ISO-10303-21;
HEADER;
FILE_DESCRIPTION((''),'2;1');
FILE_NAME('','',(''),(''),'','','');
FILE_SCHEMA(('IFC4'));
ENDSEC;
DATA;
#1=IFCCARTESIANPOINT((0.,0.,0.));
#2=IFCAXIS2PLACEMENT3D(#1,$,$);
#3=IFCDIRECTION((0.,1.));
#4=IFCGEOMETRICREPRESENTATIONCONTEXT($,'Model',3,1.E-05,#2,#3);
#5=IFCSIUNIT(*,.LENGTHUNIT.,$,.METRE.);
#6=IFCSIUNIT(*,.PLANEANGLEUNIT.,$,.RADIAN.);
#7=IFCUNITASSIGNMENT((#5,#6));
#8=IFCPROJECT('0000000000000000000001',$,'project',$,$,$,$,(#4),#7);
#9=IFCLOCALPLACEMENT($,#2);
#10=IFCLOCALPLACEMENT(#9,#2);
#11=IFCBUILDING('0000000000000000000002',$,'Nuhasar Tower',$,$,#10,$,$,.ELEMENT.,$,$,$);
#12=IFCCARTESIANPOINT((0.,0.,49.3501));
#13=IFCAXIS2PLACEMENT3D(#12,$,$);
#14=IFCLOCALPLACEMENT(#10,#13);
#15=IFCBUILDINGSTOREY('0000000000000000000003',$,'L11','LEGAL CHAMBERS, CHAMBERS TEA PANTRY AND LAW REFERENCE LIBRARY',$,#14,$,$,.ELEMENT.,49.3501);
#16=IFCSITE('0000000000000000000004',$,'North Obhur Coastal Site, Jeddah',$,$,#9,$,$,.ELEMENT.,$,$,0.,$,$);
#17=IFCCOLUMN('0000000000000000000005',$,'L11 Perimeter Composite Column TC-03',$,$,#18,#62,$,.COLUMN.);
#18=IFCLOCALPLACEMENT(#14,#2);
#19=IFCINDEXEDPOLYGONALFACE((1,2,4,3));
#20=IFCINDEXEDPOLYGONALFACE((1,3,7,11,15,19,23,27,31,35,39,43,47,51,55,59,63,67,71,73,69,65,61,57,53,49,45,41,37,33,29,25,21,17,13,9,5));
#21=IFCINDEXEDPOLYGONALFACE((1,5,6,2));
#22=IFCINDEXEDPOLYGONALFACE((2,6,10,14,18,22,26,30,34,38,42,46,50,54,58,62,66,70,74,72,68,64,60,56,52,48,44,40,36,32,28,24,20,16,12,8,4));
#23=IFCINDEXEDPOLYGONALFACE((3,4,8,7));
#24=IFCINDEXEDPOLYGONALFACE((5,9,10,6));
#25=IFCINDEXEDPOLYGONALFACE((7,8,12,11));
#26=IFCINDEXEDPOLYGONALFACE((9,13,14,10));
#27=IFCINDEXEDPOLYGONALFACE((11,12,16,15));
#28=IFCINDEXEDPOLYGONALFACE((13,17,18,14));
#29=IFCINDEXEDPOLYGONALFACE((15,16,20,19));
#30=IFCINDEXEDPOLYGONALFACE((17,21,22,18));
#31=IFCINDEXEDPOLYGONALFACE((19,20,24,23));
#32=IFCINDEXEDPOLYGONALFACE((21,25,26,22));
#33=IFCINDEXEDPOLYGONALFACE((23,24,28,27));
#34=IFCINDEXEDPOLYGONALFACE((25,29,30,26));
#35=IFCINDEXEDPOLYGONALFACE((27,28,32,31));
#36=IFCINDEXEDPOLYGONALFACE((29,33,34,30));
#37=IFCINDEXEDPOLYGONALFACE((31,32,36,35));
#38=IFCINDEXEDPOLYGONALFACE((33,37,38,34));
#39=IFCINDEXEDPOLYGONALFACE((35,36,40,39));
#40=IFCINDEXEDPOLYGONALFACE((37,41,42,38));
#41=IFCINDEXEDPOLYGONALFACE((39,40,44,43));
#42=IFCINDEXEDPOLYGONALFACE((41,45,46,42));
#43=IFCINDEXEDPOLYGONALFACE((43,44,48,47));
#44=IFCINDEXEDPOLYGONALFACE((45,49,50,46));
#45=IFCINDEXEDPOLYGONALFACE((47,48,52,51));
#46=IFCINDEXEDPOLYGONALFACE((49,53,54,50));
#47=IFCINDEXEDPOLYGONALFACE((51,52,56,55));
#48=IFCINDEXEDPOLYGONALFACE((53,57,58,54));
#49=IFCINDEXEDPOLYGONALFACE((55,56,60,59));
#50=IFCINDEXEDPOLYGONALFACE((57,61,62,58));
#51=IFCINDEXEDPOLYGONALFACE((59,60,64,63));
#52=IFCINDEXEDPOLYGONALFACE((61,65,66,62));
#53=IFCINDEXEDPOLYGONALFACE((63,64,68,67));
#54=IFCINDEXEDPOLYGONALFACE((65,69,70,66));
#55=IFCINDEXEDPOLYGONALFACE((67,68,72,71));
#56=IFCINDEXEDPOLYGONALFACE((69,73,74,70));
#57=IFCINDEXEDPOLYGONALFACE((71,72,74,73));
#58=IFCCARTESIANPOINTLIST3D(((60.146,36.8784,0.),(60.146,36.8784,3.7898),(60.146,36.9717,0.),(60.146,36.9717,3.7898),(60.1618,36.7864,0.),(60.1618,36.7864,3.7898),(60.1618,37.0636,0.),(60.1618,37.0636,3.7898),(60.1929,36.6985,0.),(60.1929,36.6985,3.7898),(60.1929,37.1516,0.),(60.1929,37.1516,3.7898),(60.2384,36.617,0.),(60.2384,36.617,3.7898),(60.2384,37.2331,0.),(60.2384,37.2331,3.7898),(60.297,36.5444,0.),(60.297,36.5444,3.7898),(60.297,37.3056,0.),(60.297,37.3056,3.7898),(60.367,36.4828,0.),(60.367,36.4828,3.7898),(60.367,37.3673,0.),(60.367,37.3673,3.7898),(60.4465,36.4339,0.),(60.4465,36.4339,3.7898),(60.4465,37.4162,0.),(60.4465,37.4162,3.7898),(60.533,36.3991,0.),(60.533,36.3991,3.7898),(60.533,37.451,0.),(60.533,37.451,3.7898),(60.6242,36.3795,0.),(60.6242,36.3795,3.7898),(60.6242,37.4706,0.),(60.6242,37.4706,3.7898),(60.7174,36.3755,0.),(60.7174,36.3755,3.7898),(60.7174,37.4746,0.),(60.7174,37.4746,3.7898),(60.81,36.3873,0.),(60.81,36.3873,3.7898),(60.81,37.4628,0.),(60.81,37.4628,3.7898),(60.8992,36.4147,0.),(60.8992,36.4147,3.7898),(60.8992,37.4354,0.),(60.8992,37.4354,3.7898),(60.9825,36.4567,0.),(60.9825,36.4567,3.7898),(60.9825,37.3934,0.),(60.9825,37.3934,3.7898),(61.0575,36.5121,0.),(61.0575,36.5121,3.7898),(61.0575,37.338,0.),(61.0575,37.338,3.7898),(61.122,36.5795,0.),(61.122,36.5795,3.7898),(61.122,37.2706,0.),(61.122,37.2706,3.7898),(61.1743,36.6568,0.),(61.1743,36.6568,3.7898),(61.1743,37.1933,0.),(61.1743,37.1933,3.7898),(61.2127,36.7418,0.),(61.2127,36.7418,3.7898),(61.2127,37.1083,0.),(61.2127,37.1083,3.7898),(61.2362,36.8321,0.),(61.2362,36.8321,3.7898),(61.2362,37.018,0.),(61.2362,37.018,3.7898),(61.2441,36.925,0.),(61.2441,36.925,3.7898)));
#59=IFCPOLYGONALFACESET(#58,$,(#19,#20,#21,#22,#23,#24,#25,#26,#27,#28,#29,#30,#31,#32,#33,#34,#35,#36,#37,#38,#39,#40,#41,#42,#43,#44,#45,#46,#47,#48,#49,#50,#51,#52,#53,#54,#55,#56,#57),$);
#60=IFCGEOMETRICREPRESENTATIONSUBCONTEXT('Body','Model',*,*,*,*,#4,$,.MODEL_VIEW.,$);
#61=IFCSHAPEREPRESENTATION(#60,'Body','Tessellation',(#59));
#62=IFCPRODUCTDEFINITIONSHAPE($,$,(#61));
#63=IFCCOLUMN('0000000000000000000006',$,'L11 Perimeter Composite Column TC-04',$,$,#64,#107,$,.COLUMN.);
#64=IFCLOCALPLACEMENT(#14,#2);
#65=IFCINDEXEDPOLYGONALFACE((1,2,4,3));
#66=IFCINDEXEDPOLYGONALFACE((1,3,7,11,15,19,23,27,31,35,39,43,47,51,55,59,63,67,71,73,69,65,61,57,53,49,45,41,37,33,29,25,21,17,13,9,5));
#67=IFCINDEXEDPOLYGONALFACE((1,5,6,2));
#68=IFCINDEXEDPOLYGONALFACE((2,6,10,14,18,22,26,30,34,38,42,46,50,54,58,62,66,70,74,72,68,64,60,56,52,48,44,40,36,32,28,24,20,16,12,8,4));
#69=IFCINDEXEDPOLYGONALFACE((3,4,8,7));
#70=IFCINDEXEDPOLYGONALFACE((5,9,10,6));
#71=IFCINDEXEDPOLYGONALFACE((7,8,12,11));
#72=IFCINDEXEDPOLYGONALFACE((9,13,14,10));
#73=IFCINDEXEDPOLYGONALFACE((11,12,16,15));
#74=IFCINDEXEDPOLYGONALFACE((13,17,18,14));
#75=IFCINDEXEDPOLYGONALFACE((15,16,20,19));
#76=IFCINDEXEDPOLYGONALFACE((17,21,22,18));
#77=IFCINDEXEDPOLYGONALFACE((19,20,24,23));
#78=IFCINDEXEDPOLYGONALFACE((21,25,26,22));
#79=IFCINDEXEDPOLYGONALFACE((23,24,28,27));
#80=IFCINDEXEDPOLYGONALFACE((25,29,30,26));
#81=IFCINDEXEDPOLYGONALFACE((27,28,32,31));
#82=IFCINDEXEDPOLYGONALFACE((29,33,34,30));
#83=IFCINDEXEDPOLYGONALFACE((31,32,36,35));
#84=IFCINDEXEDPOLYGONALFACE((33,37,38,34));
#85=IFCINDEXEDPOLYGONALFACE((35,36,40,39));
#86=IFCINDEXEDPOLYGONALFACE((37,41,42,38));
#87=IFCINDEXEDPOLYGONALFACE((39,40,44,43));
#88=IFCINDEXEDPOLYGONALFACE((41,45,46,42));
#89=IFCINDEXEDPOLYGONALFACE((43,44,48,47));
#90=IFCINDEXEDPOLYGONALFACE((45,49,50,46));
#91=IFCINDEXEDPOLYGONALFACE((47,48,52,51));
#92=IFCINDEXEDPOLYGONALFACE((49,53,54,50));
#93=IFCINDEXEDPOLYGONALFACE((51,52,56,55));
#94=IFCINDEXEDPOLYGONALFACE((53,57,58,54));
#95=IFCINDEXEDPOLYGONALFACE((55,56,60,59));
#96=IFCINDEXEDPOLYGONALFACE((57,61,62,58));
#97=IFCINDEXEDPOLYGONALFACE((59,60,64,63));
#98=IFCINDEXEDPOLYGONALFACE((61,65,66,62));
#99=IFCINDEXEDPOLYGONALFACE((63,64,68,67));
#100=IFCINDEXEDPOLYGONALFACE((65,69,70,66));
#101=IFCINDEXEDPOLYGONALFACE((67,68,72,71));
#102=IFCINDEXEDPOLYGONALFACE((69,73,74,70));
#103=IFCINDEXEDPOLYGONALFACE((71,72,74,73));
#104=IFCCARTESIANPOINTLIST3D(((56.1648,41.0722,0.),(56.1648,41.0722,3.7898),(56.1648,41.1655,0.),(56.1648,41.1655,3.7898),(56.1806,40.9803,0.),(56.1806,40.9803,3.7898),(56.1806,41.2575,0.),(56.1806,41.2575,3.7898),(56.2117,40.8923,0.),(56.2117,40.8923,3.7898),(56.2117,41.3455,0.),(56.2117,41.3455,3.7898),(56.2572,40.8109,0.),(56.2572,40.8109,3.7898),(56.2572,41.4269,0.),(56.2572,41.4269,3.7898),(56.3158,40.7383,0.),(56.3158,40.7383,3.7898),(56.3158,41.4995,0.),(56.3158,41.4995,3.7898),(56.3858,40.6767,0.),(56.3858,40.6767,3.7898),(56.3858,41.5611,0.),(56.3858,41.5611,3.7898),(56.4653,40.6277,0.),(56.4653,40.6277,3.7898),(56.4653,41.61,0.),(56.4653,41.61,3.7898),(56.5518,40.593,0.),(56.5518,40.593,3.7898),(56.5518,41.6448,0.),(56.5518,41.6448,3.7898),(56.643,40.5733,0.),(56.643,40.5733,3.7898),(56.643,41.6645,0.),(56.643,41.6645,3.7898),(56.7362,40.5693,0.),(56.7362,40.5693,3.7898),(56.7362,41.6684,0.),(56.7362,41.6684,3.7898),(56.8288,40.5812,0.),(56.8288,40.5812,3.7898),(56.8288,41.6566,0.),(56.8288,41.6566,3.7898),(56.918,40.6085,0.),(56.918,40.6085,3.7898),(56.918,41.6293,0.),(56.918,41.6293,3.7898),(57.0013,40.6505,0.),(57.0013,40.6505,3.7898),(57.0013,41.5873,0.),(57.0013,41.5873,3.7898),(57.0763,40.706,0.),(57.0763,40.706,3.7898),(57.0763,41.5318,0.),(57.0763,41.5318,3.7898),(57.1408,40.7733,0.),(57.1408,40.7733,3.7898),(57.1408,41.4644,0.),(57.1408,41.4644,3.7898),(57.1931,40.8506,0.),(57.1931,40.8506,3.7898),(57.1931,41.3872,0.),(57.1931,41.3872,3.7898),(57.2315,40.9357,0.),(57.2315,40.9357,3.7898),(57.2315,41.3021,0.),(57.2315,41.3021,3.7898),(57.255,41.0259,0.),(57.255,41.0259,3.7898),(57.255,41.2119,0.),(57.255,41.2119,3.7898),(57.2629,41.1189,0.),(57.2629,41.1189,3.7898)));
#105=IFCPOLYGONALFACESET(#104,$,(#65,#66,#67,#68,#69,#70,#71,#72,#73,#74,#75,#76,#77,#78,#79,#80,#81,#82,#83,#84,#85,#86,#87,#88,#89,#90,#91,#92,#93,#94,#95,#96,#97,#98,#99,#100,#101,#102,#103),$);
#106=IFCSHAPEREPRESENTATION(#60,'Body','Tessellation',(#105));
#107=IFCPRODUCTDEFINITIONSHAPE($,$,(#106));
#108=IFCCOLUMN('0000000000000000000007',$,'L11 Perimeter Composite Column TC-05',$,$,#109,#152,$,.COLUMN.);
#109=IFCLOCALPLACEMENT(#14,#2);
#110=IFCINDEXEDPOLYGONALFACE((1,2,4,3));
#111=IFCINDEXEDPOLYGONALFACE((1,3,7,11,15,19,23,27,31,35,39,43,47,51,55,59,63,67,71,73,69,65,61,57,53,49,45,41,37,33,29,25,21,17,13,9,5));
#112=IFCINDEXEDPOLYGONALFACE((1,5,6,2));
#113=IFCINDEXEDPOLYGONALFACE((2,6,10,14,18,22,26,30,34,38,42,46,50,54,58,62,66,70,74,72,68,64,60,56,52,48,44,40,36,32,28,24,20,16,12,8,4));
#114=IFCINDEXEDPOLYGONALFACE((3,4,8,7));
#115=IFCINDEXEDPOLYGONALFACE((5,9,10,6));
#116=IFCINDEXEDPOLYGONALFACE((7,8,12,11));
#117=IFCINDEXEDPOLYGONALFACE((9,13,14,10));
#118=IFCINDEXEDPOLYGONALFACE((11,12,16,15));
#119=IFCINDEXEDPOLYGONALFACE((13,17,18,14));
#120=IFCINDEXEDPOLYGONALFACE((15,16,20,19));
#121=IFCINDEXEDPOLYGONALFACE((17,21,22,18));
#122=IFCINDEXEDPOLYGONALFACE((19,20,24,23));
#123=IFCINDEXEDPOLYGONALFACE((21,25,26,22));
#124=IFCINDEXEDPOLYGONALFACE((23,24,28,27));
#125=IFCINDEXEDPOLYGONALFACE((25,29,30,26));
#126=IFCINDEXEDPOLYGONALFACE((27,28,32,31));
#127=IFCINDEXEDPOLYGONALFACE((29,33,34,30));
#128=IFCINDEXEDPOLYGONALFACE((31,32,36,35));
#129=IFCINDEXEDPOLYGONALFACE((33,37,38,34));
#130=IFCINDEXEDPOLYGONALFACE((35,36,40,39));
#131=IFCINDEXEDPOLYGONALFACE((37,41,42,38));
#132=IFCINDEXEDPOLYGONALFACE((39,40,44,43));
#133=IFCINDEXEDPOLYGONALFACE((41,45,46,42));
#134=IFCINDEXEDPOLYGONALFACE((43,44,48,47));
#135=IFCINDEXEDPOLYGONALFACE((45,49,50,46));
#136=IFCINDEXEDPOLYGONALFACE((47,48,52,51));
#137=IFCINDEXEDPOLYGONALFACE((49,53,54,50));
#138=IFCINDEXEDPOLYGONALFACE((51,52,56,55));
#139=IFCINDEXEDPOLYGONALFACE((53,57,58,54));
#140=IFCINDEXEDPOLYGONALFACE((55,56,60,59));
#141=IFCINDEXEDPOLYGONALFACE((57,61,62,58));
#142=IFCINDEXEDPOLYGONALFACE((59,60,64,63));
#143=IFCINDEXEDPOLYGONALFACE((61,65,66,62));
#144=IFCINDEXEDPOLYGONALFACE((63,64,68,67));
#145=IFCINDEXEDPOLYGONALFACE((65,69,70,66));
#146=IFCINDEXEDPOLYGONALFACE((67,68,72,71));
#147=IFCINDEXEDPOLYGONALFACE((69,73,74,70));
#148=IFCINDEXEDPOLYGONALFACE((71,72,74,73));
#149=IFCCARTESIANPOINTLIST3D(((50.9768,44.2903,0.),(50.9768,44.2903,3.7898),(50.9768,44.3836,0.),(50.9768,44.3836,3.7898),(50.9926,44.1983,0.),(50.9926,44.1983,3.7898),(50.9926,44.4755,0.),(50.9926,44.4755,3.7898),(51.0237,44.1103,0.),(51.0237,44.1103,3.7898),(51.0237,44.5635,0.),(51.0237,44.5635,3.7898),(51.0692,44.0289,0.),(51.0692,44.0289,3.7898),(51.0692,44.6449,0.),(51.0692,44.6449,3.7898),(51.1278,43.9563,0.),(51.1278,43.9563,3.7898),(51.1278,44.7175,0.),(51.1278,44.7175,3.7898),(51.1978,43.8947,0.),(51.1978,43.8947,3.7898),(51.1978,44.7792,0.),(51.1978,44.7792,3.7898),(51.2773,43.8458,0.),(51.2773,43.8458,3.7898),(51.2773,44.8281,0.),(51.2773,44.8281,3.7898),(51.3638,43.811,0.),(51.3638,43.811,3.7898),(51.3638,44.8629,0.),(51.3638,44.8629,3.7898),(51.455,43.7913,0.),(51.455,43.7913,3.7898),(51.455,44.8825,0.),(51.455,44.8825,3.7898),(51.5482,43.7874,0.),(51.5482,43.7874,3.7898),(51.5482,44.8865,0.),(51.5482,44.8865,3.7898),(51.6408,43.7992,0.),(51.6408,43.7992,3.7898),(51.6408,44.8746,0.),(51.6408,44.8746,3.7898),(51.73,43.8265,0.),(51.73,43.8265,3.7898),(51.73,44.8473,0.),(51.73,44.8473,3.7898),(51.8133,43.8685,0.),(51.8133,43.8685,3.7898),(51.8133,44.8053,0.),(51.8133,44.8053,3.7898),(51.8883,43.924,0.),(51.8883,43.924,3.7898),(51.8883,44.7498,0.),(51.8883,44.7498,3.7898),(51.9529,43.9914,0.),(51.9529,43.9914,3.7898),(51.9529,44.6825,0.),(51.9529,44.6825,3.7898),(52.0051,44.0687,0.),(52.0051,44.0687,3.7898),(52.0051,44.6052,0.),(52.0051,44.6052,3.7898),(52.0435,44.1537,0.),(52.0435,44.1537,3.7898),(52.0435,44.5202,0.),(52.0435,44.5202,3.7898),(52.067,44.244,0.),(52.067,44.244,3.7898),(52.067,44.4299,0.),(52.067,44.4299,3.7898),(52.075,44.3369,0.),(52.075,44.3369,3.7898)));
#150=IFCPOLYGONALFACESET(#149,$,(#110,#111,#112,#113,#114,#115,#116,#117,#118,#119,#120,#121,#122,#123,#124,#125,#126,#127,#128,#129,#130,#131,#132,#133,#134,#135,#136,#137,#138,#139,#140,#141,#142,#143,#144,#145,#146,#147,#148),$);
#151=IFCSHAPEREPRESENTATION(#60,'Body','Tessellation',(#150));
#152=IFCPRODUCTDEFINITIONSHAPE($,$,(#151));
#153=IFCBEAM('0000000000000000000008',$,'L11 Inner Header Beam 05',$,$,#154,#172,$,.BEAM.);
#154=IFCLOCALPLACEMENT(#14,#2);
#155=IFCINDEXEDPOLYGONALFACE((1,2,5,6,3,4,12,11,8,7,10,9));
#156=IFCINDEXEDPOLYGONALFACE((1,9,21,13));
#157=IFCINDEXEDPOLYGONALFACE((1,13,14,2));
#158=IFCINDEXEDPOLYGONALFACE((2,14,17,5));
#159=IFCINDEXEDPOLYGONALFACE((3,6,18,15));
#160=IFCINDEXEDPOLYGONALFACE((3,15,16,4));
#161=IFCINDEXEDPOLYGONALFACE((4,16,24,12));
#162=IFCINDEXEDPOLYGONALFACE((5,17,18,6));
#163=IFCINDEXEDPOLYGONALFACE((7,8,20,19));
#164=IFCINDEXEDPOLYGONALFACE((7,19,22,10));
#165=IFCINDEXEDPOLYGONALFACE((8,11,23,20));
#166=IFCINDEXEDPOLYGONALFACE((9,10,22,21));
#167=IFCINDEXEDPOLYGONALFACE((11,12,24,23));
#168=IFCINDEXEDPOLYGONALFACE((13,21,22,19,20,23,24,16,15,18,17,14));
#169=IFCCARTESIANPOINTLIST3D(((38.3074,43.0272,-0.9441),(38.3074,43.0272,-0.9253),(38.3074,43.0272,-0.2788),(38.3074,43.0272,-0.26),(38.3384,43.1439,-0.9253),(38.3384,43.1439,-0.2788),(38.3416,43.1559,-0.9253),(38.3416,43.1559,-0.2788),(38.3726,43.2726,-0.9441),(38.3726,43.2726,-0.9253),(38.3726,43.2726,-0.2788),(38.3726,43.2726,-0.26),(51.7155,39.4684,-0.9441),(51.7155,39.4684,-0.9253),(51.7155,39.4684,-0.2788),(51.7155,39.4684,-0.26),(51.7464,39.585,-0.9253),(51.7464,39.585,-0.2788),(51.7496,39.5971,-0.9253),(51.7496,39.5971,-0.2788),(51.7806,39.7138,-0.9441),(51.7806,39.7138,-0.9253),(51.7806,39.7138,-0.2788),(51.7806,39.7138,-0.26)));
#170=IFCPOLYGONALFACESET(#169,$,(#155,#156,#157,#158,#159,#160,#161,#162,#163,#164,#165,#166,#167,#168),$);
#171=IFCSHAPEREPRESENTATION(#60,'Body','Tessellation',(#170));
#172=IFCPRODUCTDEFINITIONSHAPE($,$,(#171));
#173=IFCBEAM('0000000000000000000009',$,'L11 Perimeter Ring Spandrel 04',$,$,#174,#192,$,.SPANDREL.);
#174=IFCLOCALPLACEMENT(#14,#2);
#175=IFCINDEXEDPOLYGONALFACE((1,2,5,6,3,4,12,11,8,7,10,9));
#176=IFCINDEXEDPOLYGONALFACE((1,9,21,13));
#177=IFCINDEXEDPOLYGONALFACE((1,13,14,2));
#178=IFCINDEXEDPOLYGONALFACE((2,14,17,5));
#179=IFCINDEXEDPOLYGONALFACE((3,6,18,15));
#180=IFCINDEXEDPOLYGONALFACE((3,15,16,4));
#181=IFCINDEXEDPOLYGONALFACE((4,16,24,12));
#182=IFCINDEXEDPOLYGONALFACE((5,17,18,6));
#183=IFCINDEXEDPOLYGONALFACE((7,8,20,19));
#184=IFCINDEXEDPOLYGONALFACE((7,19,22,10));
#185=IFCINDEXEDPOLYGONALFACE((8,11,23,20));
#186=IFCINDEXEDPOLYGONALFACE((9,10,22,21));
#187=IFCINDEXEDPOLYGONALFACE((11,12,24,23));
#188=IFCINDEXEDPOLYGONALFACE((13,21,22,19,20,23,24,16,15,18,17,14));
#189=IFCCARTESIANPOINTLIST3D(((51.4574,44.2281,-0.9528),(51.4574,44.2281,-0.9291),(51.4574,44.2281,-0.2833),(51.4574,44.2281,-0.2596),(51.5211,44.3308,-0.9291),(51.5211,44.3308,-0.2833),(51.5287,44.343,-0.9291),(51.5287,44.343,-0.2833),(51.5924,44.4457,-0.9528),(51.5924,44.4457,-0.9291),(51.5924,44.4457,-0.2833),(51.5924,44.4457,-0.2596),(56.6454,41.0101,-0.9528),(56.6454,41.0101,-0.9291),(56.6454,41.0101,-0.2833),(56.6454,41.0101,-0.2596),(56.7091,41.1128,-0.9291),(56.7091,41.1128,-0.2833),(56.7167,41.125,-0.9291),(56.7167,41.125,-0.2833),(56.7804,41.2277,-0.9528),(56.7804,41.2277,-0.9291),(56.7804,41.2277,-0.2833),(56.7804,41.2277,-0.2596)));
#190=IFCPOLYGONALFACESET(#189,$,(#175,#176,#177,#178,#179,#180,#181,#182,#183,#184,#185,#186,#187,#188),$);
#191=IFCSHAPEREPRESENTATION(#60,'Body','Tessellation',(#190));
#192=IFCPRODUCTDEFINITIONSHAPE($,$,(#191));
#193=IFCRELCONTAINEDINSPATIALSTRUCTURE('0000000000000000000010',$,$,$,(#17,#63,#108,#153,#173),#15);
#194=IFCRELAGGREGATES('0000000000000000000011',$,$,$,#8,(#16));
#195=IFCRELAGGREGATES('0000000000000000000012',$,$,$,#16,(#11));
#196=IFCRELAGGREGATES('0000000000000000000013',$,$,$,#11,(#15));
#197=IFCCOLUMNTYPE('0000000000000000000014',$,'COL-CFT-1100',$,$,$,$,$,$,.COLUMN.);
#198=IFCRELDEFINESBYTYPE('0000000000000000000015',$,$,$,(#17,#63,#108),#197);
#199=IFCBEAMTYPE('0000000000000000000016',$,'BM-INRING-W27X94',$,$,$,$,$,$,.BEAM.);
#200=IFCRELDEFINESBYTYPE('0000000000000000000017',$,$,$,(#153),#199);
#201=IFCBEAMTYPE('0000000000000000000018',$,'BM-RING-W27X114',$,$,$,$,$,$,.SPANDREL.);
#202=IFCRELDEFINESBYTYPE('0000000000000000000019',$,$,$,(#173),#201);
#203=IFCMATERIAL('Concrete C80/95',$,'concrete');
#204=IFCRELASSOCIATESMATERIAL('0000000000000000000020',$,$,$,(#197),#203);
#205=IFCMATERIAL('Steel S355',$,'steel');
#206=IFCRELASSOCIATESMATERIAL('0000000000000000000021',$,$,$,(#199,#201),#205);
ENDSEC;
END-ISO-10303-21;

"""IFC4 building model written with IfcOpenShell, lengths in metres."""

from ifc_helpers import new_model, si_unit, direction, frame, origin, origin_2d, place, context, subcontext, project, spatial, circle, i_section, extrude, material, material_profile, profile_set, type_object, element, save


model = new_model("IFC4")

# Units and contexts
model_context = context("Model", 3, precision=1e-05, world=origin(), true_north=direction((0.0, 1.0)))
body_context = subcontext(model_context, "Body", "Model", "MODEL_VIEW")
ifc_project = project(units=[si_unit("LENGTHUNIT", "METRE"), si_unit("PLANEANGLEUNIT", "RADIAN")], contexts=[model_context])

# Site, building, storey
site_placement = place(None, origin())
site = spatial("IfcSite", under=ifc_project, at=site_placement, Name="North Obhur Coastal Site, Jeddah", CompositionType="ELEMENT", RefElevation=0.0)
building_placement = place(site_placement, origin())
building = spatial("IfcBuilding", under=site, at=building_placement, Name="Nuhasar Tower", CompositionType="ELEMENT")
storey_placement = place(building_placement, frame((0.0, 0.0, 49.3501)))
storey = spatial("IfcBuildingStorey", under=building, at=storey_placement, Name="L11", Description="LEGAL CHAMBERS, CHAMBERS TEA PANTRY AND LAW REFERENCE LIBRARY", CompositionType="ELEMENT", Elevation=49.3501)

# Columns
ifc_material_1 = material(Name="Concrete C80/95", Category="concrete")
ifc_material_profile_1 = material_profile(ifc_material_1, circle(Radius=0.55, at=origin_2d()), Name="CFT1100")
ifc_profile_set_1 = profile_set([ifc_material_profile_1], Name="Concrete C80/95")
column_type = type_object("IfcColumnType", Name="COL-CFT-1100", PredefinedType="COLUMN", material=ifc_profile_set_1)
for number, where, z_axis, x_axis, name in (
    (1, (60.6941, 36.925, 0.0), (0.0, 0.0, 1.0), (1.0, 0.0, 0.0), "L11 Perimeter Composite Column TC-03"),
    (2, (56.7129, 41.1189, 0.0), (0.0, 0.0, 1.0), (1.0, 0.0, 0.0), "L11 Perimeter Composite Column TC-04"),
    (3, (51.5249, 44.3369, 0.0), (0.0, 0.0, 1.0), (1.0, 0.0, 0.0), "L11 Perimeter Composite Column TC-05"),
):
    element("IfcColumn", number, at=place(storey_placement, frame(where, z_axis=z_axis, x_axis=x_axis)), inside=storey, type_object=column_type, Name=name, PredefinedType="COLUMN", context=body_context, shape_type="SweptSolid", body=[
        extrude(circle(Radius=0.55, at=origin_2d()), origin(), (0.0, 0.0, 1.0), 3.7898),
    ])

# Beams
ifc_material_2 = material(Name="Steel S355", Category="steel")
ifc_material_profile_2 = material_profile(ifc_material_2, i_section(OverallWidth=0.2539, OverallDepth=0.6841, WebThickness=0.0125, FlangeThickness=0.0188, at=origin_2d()), Name="W27X94")
ifc_profile_set_2 = profile_set([ifc_material_profile_2], Name="Steel S355")
beam_type_1 = type_object("IfcBeamType", Name="BM-INRING-W27X94", PredefinedType="BEAM", material=ifc_profile_set_2)
beam_1_placement = place(storey_placement, frame((51.748, 39.5911, -0.6021), z_axis=(-0.966533, 0.256544, 0.0), x_axis=(-0.256544, -0.966533, 0.0)))
element("IfcBeam", 4, at=beam_1_placement, inside=storey, type_object=beam_type_1, Name="L11 Inner Header Beam 05", PredefinedType="BEAM", context=body_context, shape_type="SweptSolid", body=[
    extrude(i_section(OverallWidth=0.2539, OverallDepth=0.6841, WebThickness=0.0125, FlangeThickness=0.0188, at=origin_2d()), origin(), (0.0, 0.0, 1.0), 13.8723),
])
ifc_material_profile_3 = material_profile(ifc_material_2, i_section(OverallWidth=0.2561, OverallDepth=0.6931, WebThickness=0.0144, FlangeThickness=0.0237, at=origin_2d()), Name="W27X114")
ifc_profile_set_3 = profile_set([ifc_material_profile_3], Name="Steel S355")
beam_type_2 = type_object("IfcBeamType", Name="BM-RING-W27X114", PredefinedType="SPANDREL", material=ifc_profile_set_3)
beam_2_placement = place(storey_placement, frame((56.7129, 41.1189, -0.6062), z_axis=(-0.849795, 0.527113, 0.0), x_axis=(-0.527113, -0.849795, 0.0)))
element("IfcBeam", 5, at=beam_2_placement, inside=storey, type_object=beam_type_2, Name="L11 Perimeter Ring Spandrel 04", PredefinedType="SPANDREL", context=body_context, shape_type="SweptSolid", body=[
    extrude(i_section(OverallWidth=0.2561, OverallDepth=0.6931, WebThickness=0.0144, FlangeThickness=0.0237, at=origin_2d()), origin(), (0.0, 0.0, 1.0), 6.105),
])

save(model, "model.ifc")
